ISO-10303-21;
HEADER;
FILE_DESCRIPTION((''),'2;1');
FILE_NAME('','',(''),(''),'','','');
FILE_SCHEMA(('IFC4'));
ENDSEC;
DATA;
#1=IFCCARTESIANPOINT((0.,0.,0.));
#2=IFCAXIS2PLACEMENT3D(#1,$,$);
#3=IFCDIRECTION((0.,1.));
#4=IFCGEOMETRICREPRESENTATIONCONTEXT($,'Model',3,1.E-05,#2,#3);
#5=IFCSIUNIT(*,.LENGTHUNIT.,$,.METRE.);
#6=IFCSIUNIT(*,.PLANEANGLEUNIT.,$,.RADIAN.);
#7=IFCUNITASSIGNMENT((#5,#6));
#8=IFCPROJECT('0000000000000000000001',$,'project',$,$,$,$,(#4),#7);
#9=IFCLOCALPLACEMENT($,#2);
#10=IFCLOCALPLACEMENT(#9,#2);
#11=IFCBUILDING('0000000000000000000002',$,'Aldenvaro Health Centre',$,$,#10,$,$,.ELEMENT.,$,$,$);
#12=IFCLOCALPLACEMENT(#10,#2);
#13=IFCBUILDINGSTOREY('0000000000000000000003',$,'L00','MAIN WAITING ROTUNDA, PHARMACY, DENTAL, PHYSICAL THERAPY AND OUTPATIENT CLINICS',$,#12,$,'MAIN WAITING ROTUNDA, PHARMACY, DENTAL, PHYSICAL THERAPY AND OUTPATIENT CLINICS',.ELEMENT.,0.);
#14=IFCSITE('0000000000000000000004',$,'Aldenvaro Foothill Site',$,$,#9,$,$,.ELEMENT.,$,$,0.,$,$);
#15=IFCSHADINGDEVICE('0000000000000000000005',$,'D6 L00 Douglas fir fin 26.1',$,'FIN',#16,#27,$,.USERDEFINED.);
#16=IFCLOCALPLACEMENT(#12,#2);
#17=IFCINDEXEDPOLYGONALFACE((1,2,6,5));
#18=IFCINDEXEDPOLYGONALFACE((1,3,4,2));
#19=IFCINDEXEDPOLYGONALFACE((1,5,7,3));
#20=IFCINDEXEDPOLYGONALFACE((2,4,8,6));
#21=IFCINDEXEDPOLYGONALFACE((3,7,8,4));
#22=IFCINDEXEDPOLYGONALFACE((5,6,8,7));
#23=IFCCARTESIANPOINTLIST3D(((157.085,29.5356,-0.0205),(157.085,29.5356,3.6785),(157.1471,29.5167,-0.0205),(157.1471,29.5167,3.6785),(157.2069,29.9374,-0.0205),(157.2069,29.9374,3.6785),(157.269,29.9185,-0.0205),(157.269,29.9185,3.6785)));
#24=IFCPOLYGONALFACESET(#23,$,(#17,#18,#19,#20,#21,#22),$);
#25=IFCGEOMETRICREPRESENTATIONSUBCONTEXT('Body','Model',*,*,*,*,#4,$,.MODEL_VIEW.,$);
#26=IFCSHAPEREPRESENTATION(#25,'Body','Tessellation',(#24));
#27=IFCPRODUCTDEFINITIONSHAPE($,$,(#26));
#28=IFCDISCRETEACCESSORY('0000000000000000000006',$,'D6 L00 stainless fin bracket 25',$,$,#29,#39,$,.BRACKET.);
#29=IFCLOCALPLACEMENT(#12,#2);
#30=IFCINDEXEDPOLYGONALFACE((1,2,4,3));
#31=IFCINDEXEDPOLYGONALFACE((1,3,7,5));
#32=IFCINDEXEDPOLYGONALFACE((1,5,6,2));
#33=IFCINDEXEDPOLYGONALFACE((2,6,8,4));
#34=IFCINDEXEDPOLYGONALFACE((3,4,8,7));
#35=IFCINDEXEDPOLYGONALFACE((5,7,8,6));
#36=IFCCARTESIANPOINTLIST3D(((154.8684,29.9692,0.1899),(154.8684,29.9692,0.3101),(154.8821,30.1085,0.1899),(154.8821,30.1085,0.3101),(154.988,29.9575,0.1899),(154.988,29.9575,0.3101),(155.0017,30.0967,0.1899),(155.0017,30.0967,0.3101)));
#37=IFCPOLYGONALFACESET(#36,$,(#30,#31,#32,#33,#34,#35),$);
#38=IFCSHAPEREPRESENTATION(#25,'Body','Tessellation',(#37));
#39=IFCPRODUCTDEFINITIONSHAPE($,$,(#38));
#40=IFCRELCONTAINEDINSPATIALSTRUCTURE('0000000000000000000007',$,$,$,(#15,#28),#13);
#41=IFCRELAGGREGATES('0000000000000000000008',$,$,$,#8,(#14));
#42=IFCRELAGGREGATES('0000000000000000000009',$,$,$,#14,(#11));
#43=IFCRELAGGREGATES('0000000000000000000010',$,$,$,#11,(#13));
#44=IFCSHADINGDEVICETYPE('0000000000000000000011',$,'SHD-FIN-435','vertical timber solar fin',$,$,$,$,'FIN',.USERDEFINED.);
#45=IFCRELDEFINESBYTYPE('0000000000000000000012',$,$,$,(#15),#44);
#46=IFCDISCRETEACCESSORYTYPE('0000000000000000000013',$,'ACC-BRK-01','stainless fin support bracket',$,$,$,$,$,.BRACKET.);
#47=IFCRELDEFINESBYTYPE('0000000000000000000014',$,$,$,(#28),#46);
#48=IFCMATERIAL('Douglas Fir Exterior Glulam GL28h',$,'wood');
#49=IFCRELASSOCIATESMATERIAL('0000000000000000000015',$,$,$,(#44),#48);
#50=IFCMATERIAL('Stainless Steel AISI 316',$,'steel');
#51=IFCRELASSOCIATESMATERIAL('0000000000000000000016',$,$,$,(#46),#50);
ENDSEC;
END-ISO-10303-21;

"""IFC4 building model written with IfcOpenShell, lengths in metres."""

from ifc_helpers import new_model, si_unit, direction, frame, origin, origin_2d, place, context, subcontext, project, spatial, rectangle, extrude, material, type_object, element, save


model = new_model("IFC4")

# Units and contexts
model_context = context("Model", 3, precision=1e-05, world=origin(), true_north=direction((0.0, 1.0)))
body_context = subcontext(model_context, "Body", "Model", "MODEL_VIEW")
ifc_project = project(units=[si_unit("LENGTHUNIT", "METRE"), si_unit("PLANEANGLEUNIT", "RADIAN")], contexts=[model_context])

# Site, building, storey
site_placement = place(None, origin())
site = spatial("IfcSite", under=ifc_project, at=site_placement, Name="Aldenvaro Foothill Site", CompositionType="ELEMENT", RefElevation=0.0)
building_placement = place(site_placement, origin())
building = spatial("IfcBuilding", under=site, at=building_placement, Name="Aldenvaro Health Centre", CompositionType="ELEMENT")
storey_placement = place(building_placement, origin())
storey = spatial("IfcBuildingStorey", under=building, at=storey_placement, Name="L00", Description="MAIN WAITING ROTUNDA, PHARMACY, DENTAL, PHYSICAL THERAPY AND OUTPATIENT CLINICS", LongName="MAIN WAITING ROTUNDA, PHARMACY, DENTAL, PHYSICAL THERAPY AND OUTPATIENT CLINICS", CompositionType="ELEMENT", Elevation=0.0)

# Shading device
ifc_material_1 = material(Name="Douglas Fir Exterior Glulam GL28h", Category="wood")
shading_device_type = type_object("IfcShadingDeviceType", Name="SHD-FIN-435", Description="vertical timber solar fin", ElementType="FIN", PredefinedType="USERDEFINED", material=ifc_material_1)
shading_device_placement = place(storey_placement, frame((157.177, 29.7271, -0.0205), z_axis=(0.0, 0.0, 1.0), x_axis=(0.956923, -0.290343, 0.0)))
element("IfcShadingDevice", 1, at=shading_device_placement, inside=storey, type_object=shading_device_type, Name="D6 L00 Douglas fir fin 26.1", ObjectType="FIN", PredefinedType="USERDEFINED", context=body_context, shape_type="SweptSolid", body=[
    extrude(rectangle(XDim=0.0649, YDim=0.4199, at=origin_2d()), origin(), (0.0, 0.0, 1.0), 3.699),
])

# Discrete accessory
ifc_material_2 = material(Name="Stainless Steel AISI 316", Category="steel")
discrete_accessory_type = type_object("IfcDiscreteAccessoryType", Name="ACC-BRK-01", Description="stainless fin support bracket", PredefinedType="BRACKET", material=ifc_material_2)
discrete_accessory_placement = place(storey_placement, frame((154.9351, 30.033, 0.1899), z_axis=(0.0, 0.0, 1.0), x_axis=(0.995187, -0.097997, 0.0)))
element("IfcDiscreteAccessory", 2, at=discrete_accessory_placement, inside=storey, type_object=discrete_accessory_type, Name="D6 L00 stainless fin bracket 25", PredefinedType="BRACKET", context=body_context, shape_type="SweptSolid", body=[
    extrude(rectangle(XDim=0.1201, YDim=0.1399, at=origin_2d()), origin(), (0.0, 0.0, 1.0), 0.1201),
])

save(model, "model.ifc")
